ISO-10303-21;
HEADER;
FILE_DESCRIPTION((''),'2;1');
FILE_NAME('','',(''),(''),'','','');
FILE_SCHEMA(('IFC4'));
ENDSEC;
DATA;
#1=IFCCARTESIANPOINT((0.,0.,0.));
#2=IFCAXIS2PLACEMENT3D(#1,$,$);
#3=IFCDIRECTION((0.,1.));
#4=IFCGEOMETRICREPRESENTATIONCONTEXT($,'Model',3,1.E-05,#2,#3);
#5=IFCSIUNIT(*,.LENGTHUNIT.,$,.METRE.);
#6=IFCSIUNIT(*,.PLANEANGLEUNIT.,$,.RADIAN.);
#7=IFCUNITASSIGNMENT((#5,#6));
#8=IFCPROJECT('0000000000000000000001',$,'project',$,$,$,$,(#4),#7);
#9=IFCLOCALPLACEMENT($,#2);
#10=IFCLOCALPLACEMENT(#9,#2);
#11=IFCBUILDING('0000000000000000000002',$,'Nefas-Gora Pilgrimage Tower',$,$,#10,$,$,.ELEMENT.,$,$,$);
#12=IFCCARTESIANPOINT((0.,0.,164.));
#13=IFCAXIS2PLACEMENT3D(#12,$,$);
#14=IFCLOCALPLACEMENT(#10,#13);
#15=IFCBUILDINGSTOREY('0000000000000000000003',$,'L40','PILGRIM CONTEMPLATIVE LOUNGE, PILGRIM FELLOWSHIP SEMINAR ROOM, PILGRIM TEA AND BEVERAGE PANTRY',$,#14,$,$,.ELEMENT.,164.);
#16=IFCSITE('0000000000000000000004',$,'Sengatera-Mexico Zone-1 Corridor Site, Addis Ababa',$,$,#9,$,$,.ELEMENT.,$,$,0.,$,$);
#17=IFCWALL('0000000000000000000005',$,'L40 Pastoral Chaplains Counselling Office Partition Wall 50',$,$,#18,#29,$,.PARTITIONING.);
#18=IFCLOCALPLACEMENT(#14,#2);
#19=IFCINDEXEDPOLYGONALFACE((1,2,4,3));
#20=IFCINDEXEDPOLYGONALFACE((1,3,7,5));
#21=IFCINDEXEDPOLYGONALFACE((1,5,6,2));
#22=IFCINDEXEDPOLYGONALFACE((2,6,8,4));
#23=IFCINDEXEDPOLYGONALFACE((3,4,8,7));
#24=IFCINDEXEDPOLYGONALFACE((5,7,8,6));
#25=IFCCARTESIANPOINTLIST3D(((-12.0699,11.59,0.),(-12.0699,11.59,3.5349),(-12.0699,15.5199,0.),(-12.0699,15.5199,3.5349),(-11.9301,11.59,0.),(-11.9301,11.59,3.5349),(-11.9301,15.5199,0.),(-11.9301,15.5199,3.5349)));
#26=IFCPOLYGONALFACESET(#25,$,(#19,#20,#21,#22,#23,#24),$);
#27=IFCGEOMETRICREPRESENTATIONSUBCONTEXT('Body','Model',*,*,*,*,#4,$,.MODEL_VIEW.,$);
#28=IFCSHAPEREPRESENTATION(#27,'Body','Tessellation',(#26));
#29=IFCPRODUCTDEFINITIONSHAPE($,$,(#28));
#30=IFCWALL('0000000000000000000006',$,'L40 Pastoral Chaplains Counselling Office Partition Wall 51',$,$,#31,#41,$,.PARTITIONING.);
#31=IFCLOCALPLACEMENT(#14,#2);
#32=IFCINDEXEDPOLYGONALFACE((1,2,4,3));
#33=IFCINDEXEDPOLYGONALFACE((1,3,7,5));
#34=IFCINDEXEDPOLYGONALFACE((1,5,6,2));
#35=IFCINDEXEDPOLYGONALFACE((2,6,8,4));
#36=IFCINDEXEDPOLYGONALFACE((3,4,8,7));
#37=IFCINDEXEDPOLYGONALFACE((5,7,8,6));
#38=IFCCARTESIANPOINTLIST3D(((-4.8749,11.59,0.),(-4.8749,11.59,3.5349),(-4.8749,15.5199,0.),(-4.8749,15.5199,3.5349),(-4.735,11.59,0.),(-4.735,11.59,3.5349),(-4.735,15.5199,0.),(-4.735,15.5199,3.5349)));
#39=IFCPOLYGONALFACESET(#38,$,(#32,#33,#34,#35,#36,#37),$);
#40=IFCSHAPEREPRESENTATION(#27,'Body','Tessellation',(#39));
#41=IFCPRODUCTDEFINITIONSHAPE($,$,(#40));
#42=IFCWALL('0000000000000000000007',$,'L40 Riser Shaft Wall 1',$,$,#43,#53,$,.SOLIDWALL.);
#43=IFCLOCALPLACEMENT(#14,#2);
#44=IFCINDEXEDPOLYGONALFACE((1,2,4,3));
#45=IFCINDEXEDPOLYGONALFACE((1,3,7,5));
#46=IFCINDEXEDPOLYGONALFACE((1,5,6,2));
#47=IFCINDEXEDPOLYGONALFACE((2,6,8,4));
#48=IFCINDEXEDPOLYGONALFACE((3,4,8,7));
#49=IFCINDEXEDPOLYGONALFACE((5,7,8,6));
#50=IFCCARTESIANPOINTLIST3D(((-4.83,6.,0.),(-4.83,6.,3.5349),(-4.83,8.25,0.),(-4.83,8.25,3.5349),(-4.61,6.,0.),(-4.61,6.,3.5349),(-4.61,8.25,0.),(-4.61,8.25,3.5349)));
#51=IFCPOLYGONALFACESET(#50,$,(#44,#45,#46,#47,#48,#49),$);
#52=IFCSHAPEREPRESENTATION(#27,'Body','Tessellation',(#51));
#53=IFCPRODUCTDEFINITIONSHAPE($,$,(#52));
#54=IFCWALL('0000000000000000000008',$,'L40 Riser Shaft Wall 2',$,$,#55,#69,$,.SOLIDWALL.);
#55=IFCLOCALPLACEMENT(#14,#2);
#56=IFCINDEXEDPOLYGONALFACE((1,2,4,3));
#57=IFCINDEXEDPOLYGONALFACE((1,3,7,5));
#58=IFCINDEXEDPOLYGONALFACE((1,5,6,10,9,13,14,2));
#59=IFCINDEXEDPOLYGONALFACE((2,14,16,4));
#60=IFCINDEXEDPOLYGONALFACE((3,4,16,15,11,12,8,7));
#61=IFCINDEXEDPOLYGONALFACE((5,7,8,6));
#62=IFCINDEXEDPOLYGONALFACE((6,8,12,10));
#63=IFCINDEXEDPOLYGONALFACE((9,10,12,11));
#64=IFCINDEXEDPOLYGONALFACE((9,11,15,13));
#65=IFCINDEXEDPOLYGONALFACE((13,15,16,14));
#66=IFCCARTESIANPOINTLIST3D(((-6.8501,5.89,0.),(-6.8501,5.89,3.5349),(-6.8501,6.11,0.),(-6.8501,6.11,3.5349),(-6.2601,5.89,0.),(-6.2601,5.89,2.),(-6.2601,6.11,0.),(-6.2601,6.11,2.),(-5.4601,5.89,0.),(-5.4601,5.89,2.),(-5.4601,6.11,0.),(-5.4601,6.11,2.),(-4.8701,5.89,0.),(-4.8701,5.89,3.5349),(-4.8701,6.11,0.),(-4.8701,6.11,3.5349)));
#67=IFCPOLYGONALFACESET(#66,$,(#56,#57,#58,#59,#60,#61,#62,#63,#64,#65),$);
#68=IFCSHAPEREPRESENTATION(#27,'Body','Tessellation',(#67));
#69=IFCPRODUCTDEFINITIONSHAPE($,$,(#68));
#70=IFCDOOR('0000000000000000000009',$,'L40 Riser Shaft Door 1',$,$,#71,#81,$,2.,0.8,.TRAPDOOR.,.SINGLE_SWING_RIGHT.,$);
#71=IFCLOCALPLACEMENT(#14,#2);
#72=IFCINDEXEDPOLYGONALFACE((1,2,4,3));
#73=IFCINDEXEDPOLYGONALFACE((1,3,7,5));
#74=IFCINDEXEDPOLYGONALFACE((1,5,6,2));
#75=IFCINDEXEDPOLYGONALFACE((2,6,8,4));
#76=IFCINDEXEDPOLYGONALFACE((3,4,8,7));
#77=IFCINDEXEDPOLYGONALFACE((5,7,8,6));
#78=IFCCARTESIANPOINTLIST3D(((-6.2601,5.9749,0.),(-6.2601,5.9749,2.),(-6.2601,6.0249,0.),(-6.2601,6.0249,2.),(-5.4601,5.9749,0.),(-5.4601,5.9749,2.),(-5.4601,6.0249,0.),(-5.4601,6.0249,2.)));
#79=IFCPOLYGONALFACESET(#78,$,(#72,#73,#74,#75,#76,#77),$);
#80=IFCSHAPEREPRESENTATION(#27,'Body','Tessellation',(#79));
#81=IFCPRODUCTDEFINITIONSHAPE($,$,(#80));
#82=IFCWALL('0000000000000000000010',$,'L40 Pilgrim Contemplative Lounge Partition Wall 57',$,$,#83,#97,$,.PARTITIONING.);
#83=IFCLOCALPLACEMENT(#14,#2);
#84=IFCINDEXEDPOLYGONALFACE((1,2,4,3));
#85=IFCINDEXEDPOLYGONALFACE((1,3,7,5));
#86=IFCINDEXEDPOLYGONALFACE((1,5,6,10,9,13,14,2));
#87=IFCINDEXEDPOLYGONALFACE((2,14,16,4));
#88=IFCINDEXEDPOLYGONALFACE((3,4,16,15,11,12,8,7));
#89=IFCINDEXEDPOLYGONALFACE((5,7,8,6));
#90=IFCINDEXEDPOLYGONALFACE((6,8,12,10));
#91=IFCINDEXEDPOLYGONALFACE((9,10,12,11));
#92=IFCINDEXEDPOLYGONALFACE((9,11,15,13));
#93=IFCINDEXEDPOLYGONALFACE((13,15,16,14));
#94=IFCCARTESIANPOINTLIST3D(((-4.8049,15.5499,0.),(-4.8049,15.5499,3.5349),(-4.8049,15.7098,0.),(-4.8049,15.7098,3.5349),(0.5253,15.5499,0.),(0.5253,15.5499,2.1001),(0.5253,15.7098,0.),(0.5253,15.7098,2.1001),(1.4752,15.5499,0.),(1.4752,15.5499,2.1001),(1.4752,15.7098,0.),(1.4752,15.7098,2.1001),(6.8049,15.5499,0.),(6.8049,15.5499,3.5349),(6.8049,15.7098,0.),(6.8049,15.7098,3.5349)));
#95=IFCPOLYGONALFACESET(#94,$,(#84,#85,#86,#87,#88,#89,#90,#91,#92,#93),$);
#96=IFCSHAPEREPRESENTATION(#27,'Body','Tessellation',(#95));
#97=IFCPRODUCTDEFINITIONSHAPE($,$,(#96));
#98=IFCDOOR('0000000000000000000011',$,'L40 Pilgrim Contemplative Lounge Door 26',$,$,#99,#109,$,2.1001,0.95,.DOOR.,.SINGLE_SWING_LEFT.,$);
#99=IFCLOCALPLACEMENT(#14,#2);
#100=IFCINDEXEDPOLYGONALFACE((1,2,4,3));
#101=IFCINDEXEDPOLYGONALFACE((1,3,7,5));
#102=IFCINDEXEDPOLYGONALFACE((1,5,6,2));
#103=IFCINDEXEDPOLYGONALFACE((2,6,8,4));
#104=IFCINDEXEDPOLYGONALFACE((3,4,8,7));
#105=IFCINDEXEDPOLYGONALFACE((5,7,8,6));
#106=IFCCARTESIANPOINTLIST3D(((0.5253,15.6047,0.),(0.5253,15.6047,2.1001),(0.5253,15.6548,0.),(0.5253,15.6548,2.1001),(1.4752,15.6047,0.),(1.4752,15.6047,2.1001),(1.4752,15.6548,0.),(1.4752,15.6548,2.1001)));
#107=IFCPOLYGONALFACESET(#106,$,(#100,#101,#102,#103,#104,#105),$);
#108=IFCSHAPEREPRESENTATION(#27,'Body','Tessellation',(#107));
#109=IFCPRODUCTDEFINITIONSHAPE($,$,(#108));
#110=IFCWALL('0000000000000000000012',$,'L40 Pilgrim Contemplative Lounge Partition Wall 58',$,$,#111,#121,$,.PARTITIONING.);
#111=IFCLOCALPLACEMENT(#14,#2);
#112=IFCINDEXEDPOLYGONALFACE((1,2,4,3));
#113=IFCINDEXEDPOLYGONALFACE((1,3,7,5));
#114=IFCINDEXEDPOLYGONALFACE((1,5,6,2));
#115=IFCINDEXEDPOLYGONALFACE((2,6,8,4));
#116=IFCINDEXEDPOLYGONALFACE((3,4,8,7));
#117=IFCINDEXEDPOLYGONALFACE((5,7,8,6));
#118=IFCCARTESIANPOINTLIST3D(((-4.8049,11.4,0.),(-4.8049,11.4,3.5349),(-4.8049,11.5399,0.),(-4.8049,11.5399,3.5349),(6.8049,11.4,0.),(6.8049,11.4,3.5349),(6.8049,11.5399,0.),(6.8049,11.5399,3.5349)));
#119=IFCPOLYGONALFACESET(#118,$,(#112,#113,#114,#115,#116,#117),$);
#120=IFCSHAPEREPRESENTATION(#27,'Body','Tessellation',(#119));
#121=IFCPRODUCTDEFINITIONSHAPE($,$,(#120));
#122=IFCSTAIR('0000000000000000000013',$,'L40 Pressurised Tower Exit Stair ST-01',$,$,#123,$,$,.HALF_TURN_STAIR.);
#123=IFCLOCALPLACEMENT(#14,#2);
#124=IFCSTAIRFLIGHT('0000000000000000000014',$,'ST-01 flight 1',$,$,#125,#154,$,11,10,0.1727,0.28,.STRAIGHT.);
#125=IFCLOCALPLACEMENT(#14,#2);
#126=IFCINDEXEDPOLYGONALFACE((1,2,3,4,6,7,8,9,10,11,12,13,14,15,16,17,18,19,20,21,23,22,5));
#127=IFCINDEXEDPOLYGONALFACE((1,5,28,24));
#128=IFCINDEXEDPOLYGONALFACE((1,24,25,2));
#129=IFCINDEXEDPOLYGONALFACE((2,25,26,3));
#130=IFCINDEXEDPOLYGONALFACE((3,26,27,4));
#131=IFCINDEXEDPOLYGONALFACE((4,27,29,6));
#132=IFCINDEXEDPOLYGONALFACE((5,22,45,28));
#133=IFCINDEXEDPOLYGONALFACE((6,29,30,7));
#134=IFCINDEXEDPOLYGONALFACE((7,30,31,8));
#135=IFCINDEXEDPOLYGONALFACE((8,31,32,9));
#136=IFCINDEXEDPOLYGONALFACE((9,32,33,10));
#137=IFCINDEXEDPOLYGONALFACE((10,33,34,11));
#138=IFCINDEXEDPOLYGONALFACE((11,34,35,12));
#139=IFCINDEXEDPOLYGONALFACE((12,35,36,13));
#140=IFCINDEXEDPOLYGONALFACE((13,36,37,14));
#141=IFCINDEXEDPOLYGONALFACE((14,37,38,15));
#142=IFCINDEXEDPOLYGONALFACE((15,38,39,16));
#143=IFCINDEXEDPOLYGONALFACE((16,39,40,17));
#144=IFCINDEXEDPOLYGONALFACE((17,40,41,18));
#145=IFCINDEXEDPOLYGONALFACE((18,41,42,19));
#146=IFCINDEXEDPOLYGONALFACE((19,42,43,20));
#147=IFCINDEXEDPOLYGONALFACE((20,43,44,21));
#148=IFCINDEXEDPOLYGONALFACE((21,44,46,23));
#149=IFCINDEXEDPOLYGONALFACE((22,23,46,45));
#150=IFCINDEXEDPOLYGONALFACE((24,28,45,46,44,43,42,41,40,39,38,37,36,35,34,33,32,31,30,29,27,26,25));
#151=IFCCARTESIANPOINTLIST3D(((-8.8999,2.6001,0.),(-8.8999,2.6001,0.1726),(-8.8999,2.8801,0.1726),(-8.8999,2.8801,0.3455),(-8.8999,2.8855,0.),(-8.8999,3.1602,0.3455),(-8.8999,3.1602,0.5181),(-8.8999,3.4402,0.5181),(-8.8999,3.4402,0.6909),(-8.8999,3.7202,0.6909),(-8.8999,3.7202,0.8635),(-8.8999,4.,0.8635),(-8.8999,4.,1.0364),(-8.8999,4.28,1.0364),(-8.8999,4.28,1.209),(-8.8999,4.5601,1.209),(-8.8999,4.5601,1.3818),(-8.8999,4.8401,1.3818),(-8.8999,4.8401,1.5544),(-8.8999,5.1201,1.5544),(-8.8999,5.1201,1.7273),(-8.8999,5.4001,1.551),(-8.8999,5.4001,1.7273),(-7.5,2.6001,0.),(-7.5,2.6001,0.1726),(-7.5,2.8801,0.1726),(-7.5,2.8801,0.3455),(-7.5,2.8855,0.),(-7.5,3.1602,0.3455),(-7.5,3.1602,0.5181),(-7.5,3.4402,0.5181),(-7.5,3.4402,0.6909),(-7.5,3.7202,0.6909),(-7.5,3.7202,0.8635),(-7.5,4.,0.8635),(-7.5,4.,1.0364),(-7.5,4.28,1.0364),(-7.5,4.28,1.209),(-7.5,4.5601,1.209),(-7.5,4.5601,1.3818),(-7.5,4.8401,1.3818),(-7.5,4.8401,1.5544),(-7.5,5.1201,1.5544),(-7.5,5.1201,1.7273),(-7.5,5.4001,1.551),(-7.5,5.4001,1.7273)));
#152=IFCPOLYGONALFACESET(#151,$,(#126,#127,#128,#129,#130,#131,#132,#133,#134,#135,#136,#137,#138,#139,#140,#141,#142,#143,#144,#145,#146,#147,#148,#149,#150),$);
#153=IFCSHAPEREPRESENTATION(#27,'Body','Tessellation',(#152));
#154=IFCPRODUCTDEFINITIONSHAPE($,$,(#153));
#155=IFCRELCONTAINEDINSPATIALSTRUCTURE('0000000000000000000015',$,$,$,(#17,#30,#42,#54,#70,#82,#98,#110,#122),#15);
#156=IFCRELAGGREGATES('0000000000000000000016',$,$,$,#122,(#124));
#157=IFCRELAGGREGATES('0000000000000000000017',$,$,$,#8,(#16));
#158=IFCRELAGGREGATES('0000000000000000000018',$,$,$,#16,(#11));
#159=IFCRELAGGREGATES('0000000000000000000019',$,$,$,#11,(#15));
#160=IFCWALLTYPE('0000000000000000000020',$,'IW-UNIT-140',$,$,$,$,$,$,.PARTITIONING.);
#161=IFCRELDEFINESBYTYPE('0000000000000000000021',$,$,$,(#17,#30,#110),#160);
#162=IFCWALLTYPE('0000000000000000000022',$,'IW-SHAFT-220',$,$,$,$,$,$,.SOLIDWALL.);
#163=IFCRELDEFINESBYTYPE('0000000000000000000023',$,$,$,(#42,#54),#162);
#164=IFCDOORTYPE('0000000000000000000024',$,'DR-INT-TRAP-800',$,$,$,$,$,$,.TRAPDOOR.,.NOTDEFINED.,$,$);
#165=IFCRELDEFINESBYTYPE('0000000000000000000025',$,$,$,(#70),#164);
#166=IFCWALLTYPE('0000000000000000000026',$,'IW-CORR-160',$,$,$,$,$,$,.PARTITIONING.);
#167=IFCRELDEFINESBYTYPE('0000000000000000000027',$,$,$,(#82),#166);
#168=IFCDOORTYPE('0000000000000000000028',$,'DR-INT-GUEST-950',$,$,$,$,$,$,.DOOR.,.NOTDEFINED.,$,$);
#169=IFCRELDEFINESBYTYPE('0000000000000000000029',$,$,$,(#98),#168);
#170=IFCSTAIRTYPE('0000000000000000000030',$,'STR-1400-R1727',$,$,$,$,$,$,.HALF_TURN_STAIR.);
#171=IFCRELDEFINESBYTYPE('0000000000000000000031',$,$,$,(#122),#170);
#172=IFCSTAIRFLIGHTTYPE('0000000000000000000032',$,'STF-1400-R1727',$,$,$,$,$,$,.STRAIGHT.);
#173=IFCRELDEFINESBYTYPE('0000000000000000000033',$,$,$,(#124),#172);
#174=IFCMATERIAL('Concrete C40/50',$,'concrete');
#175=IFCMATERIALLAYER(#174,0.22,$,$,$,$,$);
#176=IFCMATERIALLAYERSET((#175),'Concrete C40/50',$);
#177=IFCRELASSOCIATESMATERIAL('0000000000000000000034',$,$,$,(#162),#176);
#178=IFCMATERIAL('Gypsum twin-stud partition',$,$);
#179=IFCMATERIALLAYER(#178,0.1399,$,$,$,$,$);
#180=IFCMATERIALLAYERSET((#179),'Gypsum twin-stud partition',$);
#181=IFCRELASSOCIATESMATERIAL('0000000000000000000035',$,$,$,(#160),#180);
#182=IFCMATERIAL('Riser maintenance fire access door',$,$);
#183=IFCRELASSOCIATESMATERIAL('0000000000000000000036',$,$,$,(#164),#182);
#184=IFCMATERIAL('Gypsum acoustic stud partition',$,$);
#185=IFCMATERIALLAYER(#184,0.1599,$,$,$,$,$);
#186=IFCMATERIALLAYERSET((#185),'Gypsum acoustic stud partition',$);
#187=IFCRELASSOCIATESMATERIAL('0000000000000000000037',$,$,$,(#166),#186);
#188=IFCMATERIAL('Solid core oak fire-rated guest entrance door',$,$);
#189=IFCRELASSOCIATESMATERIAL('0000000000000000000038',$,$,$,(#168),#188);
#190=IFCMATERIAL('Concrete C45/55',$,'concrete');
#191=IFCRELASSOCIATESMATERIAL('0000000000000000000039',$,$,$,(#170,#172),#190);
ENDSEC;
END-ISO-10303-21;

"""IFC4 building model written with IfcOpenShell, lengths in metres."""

from ifc_helpers import new_model, si_unit, direction, frame, frame_2d, origin, place, context, subcontext, project, spatial, polyline, rectangle, outline, extrude, source, transform, mapped, material, layer, layer_set, type_object, element, fill, aggregate, save


model = new_model("IFC4")

# Units and contexts
model_context = context("Model", 3, precision=1e-05, world=origin(), true_north=direction((0.0, 1.0)))
body_context = subcontext(model_context, "Body", "Model", "MODEL_VIEW")
ifc_project = project(units=[si_unit("LENGTHUNIT", "METRE"), si_unit("PLANEANGLEUNIT", "RADIAN")], contexts=[model_context])

# Site, building, storey
site_placement = place(None, origin())
site = spatial("IfcSite", under=ifc_project, at=site_placement, Name="Sengatera-Mexico Zone-1 Corridor Site, Addis Ababa", CompositionType="ELEMENT", RefElevation=0.0)
building_placement = place(site_placement, origin())
building = spatial("IfcBuilding", under=site, at=building_placement, Name="Nefas-Gora Pilgrimage Tower", CompositionType="ELEMENT")
storey_placement = place(building_placement, frame((0.0, 0.0, 164.0)))
storey = spatial("IfcBuildingStorey", under=building, at=storey_placement, Name="L40", Description="PILGRIM CONTEMPLATIVE LOUNGE, PILGRIM FELLOWSHIP SEMINAR ROOM, PILGRIM TEA AND BEVERAGE PANTRY", CompositionType="ELEMENT", Elevation=164.0)

# Shared definitions
ifc_material_1 = material(Name="Concrete C45/55", Category="concrete")

# Shared definitions
ifc_material_2 = material(Name="Concrete C40/50", Category="concrete")
ifc_layer_1 = layer(ifc_material_2, 0.22)
ifc_layer_set_1 = layer_set([ifc_layer_1], Name="Concrete C40/50")
wall_type_1 = type_object("IfcWallType", Name="IW-SHAFT-220", PredefinedType="SOLIDWALL", material=ifc_layer_set_1)

# Walls
ifc_material_3 = material(Name="Gypsum twin-stud partition")
ifc_layer_2 = layer(ifc_material_3, 0.1399)
ifc_layer_set_2 = layer_set([ifc_layer_2], Name="Gypsum twin-stud partition")
wall_type_2 = type_object("IfcWallType", Name="IW-UNIT-140", PredefinedType="PARTITIONING", material=ifc_layer_set_2)
shared_shape_1 = source(origin(), body_context, "Body", "SweptSolid", [
    extrude(rectangle(XDim=3.9299, YDim=0.1399, at=frame_2d((1.9648, 0.0))), origin(), (0.0, 0.0, 1.0), 3.5349),
])
for number, where, z_axis, x_axis, name in (
    (1, (-12.0, 11.5901, 0.0), (0.0, 0.0, 1.0), (0.0, 1.0, 0.0), "L40 Pastoral Chaplains Counselling Office Partition Wall 50"),
    (2, (-4.8049, 11.5901, 0.0), (0.0, 0.0, 1.0), (0.0, 1.0, 0.0), "L40 Pastoral Chaplains Counselling Office Partition Wall 51"),
):
    element("IfcWall", number, at=place(storey_placement, frame(where, z_axis=z_axis, x_axis=x_axis)), inside=storey, type_object=wall_type_2, Name=name, PredefinedType="PARTITIONING", context=body_context, shape_type="MappedRepresentation", body=[
        mapped(shared_shape_1, transform((0.0, 0.0, 0.0), x_axis=(1.0, 0.0, 0.0), y_axis=(0.0, 1.0, 0.0), z_axis=(0.0, 0.0, 1.0), scale=1.0)),
    ])
shared_shape_2 = source(origin(), body_context, "Body", "SweptSolid", [
    extrude(rectangle(XDim=2.25, YDim=0.22, at=frame_2d((1.125, 0.0))), origin(), (0.0, 0.0, 1.0), 3.5349),
])
wall_1_placement = place(storey_placement, frame((-4.72, 6.0, 0.0), z_axis=(0.0, 0.0, 1.0), x_axis=(0.0, 1.0, 0.0)))
element("IfcWall", 3, at=wall_1_placement, inside=storey, type_object=wall_type_1, Name="L40 Riser Shaft Wall 1", PredefinedType="SOLIDWALL", context=body_context, shape_type="MappedRepresentation", body=[
    mapped(shared_shape_2, transform((0.0, 0.0, 0.0), x_axis=(1.0, 0.0, 0.0), y_axis=(0.0, 1.0, 0.0), z_axis=(0.0, 0.0, 1.0), scale=1.0)),
])

# Walls, openings, doors
shared_shape_3 = source(origin(), body_context, "Body", "SweptSolid", [
    extrude(rectangle(XDim=1.98, YDim=0.22, at=frame_2d((0.99, 0.0))), origin(), (0.0, 0.0, 1.0), 3.5349),
])
wall_2_placement = place(storey_placement, frame((-6.8501, 6.0, 0.0), z_axis=(0.0, 0.0, 1.0), x_axis=(1.0, 0.0, 0.0)))
wall_2 = element("IfcWall", 4, at=wall_2_placement, inside=storey, type_object=wall_type_1, Name="L40 Riser Shaft Wall 2", PredefinedType="SOLIDWALL", context=body_context, shape_type="MappedRepresentation", body=[
    mapped(shared_shape_3, transform((0.0, 0.0, 0.0), x_axis=(1.0, 0.0, 0.0), y_axis=(0.0, 1.0, 0.0), z_axis=(0.0, 0.0, 1.0), scale=1.0)),
])
opening_1_placement = place(wall_2_placement, frame((0.5901, 0.0, 0.0)))
opening_1 = element("IfcOpeningElement", 5, at=opening_1_placement, cuts=wall_2, PredefinedType="OPENING", context=body_context, shape_type="SweptSolid", body=[
    extrude(rectangle(XDim=0.8, YDim=2.0, at=frame_2d((0.3999, 1.0))), frame((0.0, 0.1199, 0.0), z_axis=(0.0, -1.0, 0.0), x_axis=(1.0, 0.0, 0.0)), (0.0, 0.0, 1.0), 0.24),
])
ifc_material_4 = material(Name="Riser maintenance fire access door")
door_type_1 = type_object("IfcDoorType", Name="DR-INT-TRAP-800", OperationType="NOTDEFINED", PredefinedType="TRAPDOOR", material=ifc_material_4)
shared_shape_4 = source(origin(), body_context, "Body", "SweptSolid", [
    extrude(rectangle(XDim=0.8, YDim=2.0, at=frame_2d((0.3999, 1.0))), frame((0.0, 0.0249, 0.0), z_axis=(0.0, -1.0, 0.0), x_axis=(1.0, 0.0, 0.0)), (0.0, 0.0, 1.0), 0.05),
])
door_1_placement = place(opening_1_placement, origin())
door_1 = element("IfcDoor", 6, at=door_1_placement, inside=storey, type_object=door_type_1, Name="L40 Riser Shaft Door 1", OperationType="SINGLE_SWING_RIGHT", OverallHeight=2.0, OverallWidth=0.8, PredefinedType="TRAPDOOR", context=body_context, shape_type="MappedRepresentation", body=[
    mapped(shared_shape_4, transform((0.0, 0.0, 0.0), x_axis=(1.0, 0.0, 0.0), y_axis=(0.0, 1.0, 0.0), z_axis=(0.0, 0.0, 1.0), scale=1.0)),
])
fill(opening_1, door_1)
ifc_material_5 = material(Name="Gypsum acoustic stud partition")
ifc_layer_3 = layer(ifc_material_5, 0.1599)
ifc_layer_set_3 = layer_set([ifc_layer_3], Name="Gypsum acoustic stud partition")
wall_type_3 = type_object("IfcWallType", Name="IW-CORR-160", PredefinedType="PARTITIONING", material=ifc_layer_set_3)
shared_shape_5 = source(origin(), body_context, "Body", "SweptSolid", [
    extrude(rectangle(XDim=11.6099, YDim=0.1599, at=frame_2d((5.8049, 0.0))), origin(), (0.0, 0.0, 1.0), 3.5349),
])
wall_3_placement = place(storey_placement, frame((-4.8049, 15.6299, 0.0), z_axis=(0.0, 0.0, 1.0), x_axis=(1.0, 0.0, 0.0)))
wall_3 = element("IfcWall", 7, at=wall_3_placement, inside=storey, type_object=wall_type_3, Name="L40 Pilgrim Contemplative Lounge Partition Wall 57", PredefinedType="PARTITIONING", context=body_context, shape_type="MappedRepresentation", body=[
    mapped(shared_shape_5, transform((0.0, 0.0, 0.0), x_axis=(1.0, 0.0, 0.0), y_axis=(0.0, 1.0, 0.0), z_axis=(0.0, 0.0, 1.0), scale=1.0)),
])
opening_2_placement = place(wall_3_placement, frame((5.3301, 0.0, 0.0)))
opening_2 = element("IfcOpeningElement", 8, at=opening_2_placement, cuts=wall_3, PredefinedType="OPENING", context=body_context, shape_type="SweptSolid", body=[
    extrude(rectangle(XDim=0.95, YDim=2.1001, at=frame_2d((0.4751, 1.05))), frame((0.0, 0.0898, 0.0), z_axis=(0.0, -1.0, 0.0), x_axis=(1.0, 0.0, 0.0)), (0.0, 0.0, 1.0), 0.1799),
])
ifc_material_6 = material(Name="Solid core oak fire-rated guest entrance door")
door_type_2 = type_object("IfcDoorType", Name="DR-INT-GUEST-950", OperationType="NOTDEFINED", PredefinedType="DOOR", material=ifc_material_6)
shared_shape_6 = source(origin(), body_context, "Body", "SweptSolid", [
    extrude(rectangle(XDim=0.95, YDim=2.1001, at=frame_2d((0.4751, 1.05))), frame((0.0, 0.0249, 0.0), z_axis=(0.0, -1.0, 0.0), x_axis=(1.0, 0.0, 0.0)), (0.0, 0.0, 1.0), 0.05),
])
door_2_placement = place(opening_2_placement, origin())
door_2 = element("IfcDoor", 9, at=door_2_placement, inside=storey, type_object=door_type_2, Name="L40 Pilgrim Contemplative Lounge Door 26", OperationType="SINGLE_SWING_LEFT", OverallHeight=2.1001, OverallWidth=0.95, PredefinedType="DOOR", context=body_context, shape_type="MappedRepresentation", body=[
    mapped(shared_shape_6, transform((0.0, 0.0, 0.0), x_axis=(1.0, 0.0, 0.0), y_axis=(0.0, 1.0, 0.0), z_axis=(0.0, 0.0, 1.0), scale=1.0)),
])
fill(opening_2, door_2)

# Wall
shared_shape_7 = source(origin(), body_context, "Body", "SweptSolid", [
    extrude(rectangle(XDim=11.6099, YDim=0.1399, at=frame_2d((5.8049, 0.0))), origin(), (0.0, 0.0, 1.0), 3.5349),
])
wall_4_placement = place(storey_placement, frame((-4.8049, 11.47, 0.0), z_axis=(0.0, 0.0, 1.0), x_axis=(1.0, 0.0, 0.0)))
element("IfcWall", 10, at=wall_4_placement, inside=storey, type_object=wall_type_2, Name="L40 Pilgrim Contemplative Lounge Partition Wall 58", PredefinedType="PARTITIONING", context=body_context, shape_type="MappedRepresentation", body=[
    mapped(shared_shape_7, transform((0.0, 0.0, 0.0), x_axis=(1.0, 0.0, 0.0), y_axis=(0.0, 1.0, 0.0), z_axis=(0.0, 0.0, 1.0), scale=1.0)),
])

# Stair, stair flight
stair_type = type_object("IfcStairType", Name="STR-1400-R1727", PredefinedType="HALF_TURN_STAIR", material=ifc_material_1)
stair_placement = place(storey_placement, origin())
stair = element("IfcStair", 11, at=stair_placement, inside=storey, type_object=stair_type, Name="L40 Pressurised Tower Exit Stair ST-01", PredefinedType="HALF_TURN_STAIR")
stair_flight_type = type_object("IfcStairFlightType", Name="STF-1400-R1727", PredefinedType="STRAIGHT", material=ifc_material_1)
shared_shape_8 = source(origin(), body_context, "Body", "SweptSolid", [
    extrude(outline(polyline([(0.0, 0.0), (0.0, 0.1726), (0.28, 0.1726), (0.28, 0.3455), (0.5601, 0.3455), (0.5601, 0.5181), (0.8401, 0.5181), (0.8401, 0.6909), (1.1201, 0.6909), (1.1201, 0.8635), (1.3999, 0.8635), (1.3999, 1.0364), (1.6799, 1.0364), (1.6799, 1.209), (1.96, 1.209), (1.96, 1.3818), (2.24, 1.3818), (2.24, 1.5544), (2.52, 1.5544), (2.52, 1.7273), (2.8, 1.7273), (2.8, 1.8999), (2.8, 1.551), (0.2854, 0.0), (0.0, 0.0)])), frame((0.0, 0.7, 0.0), z_axis=(0.0, -1.0, 0.0), x_axis=(1.0, 0.0, 0.0)), (0.0, 0.0, 1.0), 1.3999),
])
stair_flight_1_placement = place(storey_placement, frame((-8.2, 2.6001, 0.0), z_axis=(0.0, 0.0, 1.0), x_axis=(0.0, 1.0, 0.0)))
stair_flight_1 = element("IfcStairFlight", 12, at=stair_flight_1_placement, type_object=stair_flight_type, Name="ST-01 flight 1", NumberOfRisers=11, NumberOfTreads=10, PredefinedType="STRAIGHT", RiserHeight=0.1727, TreadLength=0.28, context=body_context, shape_type="MappedRepresentation", body=[
    mapped(shared_shape_8, transform((0.0, 0.0, 0.0), x_axis=(1.0, 0.0, 0.0), y_axis=(0.0, 1.0, 0.0), z_axis=(0.0, 0.0, 1.0), scale=1.0)),
])
aggregate(stair, [stair_flight_1])

save(model, "model.ifc")
